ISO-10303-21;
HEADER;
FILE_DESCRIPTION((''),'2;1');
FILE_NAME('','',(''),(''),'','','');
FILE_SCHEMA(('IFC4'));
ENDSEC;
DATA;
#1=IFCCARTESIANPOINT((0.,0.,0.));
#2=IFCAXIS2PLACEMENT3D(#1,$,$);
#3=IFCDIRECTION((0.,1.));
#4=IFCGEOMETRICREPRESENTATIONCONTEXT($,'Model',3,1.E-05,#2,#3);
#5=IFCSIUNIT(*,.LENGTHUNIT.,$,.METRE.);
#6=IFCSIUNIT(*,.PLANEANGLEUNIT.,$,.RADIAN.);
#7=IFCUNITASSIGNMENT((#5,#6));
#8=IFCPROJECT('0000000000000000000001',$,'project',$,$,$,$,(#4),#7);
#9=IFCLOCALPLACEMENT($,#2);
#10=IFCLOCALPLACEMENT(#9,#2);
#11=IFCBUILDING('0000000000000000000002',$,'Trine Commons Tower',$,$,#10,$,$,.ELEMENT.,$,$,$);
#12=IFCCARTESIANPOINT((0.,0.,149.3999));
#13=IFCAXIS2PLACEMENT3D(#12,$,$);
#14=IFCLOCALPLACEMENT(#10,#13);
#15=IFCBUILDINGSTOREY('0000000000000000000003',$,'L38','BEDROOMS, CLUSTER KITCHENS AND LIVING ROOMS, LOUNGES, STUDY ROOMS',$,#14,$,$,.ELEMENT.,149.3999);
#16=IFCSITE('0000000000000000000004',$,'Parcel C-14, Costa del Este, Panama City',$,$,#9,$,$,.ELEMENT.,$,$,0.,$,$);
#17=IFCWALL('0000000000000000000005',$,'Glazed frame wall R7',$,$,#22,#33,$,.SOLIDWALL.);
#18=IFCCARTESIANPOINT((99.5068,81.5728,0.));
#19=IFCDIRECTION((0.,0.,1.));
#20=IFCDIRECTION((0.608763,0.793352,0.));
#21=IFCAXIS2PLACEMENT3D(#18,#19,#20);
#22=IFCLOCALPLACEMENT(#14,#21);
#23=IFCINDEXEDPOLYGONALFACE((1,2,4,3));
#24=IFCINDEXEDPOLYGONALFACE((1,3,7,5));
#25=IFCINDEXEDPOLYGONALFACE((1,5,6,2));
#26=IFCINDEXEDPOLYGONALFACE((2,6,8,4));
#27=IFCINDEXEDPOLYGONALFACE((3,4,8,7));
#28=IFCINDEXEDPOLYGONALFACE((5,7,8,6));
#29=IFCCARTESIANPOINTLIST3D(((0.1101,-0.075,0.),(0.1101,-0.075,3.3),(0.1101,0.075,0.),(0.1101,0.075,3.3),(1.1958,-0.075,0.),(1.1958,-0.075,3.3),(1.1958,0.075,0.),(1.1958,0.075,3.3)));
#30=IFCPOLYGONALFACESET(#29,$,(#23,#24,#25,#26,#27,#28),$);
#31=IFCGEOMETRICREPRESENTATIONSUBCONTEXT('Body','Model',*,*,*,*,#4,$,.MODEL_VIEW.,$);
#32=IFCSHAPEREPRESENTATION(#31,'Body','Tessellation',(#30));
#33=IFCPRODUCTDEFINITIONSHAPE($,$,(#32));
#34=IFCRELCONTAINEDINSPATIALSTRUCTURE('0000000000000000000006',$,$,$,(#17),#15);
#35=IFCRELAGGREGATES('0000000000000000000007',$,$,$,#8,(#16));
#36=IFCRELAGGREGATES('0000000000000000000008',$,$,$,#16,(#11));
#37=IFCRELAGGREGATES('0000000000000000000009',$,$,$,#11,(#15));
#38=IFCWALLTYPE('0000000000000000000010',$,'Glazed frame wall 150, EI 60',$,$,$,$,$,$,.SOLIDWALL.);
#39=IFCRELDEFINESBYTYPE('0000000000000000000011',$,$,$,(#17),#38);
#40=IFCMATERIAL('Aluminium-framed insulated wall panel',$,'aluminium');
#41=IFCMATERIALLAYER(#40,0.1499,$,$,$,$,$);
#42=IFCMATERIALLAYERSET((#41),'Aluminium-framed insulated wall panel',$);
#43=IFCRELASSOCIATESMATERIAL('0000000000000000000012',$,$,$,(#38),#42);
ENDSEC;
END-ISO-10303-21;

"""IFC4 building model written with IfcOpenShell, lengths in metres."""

from ifc_helpers import new_model, si_unit, direction, frame, origin, place, context, subcontext, project, spatial, polyline, outline, extrude, material, layer, layer_set, type_object, element, save


model = new_model("IFC4")

# Units and contexts
model_context = context("Model", 3, precision=1e-05, world=origin(), true_north=direction((0.0, 1.0)))
body_context = subcontext(model_context, "Body", "Model", "MODEL_VIEW")
ifc_project = project(units=[si_unit("LENGTHUNIT", "METRE"), si_unit("PLANEANGLEUNIT", "RADIAN")], contexts=[model_context])

# Site, building, storey
site_placement = place(None, origin())
site = spatial("IfcSite", under=ifc_project, at=site_placement, Name="Parcel C-14, Costa del Este, Panama City", CompositionType="ELEMENT", RefElevation=0.0)
building_placement = place(site_placement, origin())
building = spatial("IfcBuilding", under=site, at=building_placement, Name="Trine Commons Tower", CompositionType="ELEMENT")
storey_placement = place(building_placement, frame((0.0, 0.0, 149.3999)))
storey = spatial("IfcBuildingStorey", under=building, at=storey_placement, Name="L38", Description="BEDROOMS, CLUSTER KITCHENS AND LIVING ROOMS, LOUNGES, STUDY ROOMS", CompositionType="ELEMENT", Elevation=149.3999)

# Wall
ifc_material_1 = material(Name="Aluminium-framed insulated wall panel", Category="aluminium")
ifc_layer_1 = layer(ifc_material_1, 0.1499)
ifc_layer_set_1 = layer_set([ifc_layer_1], Name="Aluminium-framed insulated wall panel")
wall_type_1 = type_object("IfcWallType", Name="Glazed frame wall 150, EI 60", PredefinedType="SOLIDWALL", material=ifc_layer_set_1)
wall_1_placement = place(storey_placement, frame((99.5068, 81.5728, 0.0), z_axis=(0.0, 0.0, 1.0), x_axis=(0.608763, 0.793352, 0.0)))
element("IfcWall", 1, at=wall_1_placement, inside=storey, type_object=wall_type_1, Name="Glazed frame wall R7", PredefinedType="SOLIDWALL", context=body_context, shape_type="SweptSolid", body=[
    extrude(outline(polyline([(0.1101, 0.075), (0.1101, -0.075), (1.1958, -0.075), (1.1958, 0.075), (0.1101, 0.075)])), origin(), (0.0, 0.0, 1.0), 3.3),
])

save(model, "model.ifc")
